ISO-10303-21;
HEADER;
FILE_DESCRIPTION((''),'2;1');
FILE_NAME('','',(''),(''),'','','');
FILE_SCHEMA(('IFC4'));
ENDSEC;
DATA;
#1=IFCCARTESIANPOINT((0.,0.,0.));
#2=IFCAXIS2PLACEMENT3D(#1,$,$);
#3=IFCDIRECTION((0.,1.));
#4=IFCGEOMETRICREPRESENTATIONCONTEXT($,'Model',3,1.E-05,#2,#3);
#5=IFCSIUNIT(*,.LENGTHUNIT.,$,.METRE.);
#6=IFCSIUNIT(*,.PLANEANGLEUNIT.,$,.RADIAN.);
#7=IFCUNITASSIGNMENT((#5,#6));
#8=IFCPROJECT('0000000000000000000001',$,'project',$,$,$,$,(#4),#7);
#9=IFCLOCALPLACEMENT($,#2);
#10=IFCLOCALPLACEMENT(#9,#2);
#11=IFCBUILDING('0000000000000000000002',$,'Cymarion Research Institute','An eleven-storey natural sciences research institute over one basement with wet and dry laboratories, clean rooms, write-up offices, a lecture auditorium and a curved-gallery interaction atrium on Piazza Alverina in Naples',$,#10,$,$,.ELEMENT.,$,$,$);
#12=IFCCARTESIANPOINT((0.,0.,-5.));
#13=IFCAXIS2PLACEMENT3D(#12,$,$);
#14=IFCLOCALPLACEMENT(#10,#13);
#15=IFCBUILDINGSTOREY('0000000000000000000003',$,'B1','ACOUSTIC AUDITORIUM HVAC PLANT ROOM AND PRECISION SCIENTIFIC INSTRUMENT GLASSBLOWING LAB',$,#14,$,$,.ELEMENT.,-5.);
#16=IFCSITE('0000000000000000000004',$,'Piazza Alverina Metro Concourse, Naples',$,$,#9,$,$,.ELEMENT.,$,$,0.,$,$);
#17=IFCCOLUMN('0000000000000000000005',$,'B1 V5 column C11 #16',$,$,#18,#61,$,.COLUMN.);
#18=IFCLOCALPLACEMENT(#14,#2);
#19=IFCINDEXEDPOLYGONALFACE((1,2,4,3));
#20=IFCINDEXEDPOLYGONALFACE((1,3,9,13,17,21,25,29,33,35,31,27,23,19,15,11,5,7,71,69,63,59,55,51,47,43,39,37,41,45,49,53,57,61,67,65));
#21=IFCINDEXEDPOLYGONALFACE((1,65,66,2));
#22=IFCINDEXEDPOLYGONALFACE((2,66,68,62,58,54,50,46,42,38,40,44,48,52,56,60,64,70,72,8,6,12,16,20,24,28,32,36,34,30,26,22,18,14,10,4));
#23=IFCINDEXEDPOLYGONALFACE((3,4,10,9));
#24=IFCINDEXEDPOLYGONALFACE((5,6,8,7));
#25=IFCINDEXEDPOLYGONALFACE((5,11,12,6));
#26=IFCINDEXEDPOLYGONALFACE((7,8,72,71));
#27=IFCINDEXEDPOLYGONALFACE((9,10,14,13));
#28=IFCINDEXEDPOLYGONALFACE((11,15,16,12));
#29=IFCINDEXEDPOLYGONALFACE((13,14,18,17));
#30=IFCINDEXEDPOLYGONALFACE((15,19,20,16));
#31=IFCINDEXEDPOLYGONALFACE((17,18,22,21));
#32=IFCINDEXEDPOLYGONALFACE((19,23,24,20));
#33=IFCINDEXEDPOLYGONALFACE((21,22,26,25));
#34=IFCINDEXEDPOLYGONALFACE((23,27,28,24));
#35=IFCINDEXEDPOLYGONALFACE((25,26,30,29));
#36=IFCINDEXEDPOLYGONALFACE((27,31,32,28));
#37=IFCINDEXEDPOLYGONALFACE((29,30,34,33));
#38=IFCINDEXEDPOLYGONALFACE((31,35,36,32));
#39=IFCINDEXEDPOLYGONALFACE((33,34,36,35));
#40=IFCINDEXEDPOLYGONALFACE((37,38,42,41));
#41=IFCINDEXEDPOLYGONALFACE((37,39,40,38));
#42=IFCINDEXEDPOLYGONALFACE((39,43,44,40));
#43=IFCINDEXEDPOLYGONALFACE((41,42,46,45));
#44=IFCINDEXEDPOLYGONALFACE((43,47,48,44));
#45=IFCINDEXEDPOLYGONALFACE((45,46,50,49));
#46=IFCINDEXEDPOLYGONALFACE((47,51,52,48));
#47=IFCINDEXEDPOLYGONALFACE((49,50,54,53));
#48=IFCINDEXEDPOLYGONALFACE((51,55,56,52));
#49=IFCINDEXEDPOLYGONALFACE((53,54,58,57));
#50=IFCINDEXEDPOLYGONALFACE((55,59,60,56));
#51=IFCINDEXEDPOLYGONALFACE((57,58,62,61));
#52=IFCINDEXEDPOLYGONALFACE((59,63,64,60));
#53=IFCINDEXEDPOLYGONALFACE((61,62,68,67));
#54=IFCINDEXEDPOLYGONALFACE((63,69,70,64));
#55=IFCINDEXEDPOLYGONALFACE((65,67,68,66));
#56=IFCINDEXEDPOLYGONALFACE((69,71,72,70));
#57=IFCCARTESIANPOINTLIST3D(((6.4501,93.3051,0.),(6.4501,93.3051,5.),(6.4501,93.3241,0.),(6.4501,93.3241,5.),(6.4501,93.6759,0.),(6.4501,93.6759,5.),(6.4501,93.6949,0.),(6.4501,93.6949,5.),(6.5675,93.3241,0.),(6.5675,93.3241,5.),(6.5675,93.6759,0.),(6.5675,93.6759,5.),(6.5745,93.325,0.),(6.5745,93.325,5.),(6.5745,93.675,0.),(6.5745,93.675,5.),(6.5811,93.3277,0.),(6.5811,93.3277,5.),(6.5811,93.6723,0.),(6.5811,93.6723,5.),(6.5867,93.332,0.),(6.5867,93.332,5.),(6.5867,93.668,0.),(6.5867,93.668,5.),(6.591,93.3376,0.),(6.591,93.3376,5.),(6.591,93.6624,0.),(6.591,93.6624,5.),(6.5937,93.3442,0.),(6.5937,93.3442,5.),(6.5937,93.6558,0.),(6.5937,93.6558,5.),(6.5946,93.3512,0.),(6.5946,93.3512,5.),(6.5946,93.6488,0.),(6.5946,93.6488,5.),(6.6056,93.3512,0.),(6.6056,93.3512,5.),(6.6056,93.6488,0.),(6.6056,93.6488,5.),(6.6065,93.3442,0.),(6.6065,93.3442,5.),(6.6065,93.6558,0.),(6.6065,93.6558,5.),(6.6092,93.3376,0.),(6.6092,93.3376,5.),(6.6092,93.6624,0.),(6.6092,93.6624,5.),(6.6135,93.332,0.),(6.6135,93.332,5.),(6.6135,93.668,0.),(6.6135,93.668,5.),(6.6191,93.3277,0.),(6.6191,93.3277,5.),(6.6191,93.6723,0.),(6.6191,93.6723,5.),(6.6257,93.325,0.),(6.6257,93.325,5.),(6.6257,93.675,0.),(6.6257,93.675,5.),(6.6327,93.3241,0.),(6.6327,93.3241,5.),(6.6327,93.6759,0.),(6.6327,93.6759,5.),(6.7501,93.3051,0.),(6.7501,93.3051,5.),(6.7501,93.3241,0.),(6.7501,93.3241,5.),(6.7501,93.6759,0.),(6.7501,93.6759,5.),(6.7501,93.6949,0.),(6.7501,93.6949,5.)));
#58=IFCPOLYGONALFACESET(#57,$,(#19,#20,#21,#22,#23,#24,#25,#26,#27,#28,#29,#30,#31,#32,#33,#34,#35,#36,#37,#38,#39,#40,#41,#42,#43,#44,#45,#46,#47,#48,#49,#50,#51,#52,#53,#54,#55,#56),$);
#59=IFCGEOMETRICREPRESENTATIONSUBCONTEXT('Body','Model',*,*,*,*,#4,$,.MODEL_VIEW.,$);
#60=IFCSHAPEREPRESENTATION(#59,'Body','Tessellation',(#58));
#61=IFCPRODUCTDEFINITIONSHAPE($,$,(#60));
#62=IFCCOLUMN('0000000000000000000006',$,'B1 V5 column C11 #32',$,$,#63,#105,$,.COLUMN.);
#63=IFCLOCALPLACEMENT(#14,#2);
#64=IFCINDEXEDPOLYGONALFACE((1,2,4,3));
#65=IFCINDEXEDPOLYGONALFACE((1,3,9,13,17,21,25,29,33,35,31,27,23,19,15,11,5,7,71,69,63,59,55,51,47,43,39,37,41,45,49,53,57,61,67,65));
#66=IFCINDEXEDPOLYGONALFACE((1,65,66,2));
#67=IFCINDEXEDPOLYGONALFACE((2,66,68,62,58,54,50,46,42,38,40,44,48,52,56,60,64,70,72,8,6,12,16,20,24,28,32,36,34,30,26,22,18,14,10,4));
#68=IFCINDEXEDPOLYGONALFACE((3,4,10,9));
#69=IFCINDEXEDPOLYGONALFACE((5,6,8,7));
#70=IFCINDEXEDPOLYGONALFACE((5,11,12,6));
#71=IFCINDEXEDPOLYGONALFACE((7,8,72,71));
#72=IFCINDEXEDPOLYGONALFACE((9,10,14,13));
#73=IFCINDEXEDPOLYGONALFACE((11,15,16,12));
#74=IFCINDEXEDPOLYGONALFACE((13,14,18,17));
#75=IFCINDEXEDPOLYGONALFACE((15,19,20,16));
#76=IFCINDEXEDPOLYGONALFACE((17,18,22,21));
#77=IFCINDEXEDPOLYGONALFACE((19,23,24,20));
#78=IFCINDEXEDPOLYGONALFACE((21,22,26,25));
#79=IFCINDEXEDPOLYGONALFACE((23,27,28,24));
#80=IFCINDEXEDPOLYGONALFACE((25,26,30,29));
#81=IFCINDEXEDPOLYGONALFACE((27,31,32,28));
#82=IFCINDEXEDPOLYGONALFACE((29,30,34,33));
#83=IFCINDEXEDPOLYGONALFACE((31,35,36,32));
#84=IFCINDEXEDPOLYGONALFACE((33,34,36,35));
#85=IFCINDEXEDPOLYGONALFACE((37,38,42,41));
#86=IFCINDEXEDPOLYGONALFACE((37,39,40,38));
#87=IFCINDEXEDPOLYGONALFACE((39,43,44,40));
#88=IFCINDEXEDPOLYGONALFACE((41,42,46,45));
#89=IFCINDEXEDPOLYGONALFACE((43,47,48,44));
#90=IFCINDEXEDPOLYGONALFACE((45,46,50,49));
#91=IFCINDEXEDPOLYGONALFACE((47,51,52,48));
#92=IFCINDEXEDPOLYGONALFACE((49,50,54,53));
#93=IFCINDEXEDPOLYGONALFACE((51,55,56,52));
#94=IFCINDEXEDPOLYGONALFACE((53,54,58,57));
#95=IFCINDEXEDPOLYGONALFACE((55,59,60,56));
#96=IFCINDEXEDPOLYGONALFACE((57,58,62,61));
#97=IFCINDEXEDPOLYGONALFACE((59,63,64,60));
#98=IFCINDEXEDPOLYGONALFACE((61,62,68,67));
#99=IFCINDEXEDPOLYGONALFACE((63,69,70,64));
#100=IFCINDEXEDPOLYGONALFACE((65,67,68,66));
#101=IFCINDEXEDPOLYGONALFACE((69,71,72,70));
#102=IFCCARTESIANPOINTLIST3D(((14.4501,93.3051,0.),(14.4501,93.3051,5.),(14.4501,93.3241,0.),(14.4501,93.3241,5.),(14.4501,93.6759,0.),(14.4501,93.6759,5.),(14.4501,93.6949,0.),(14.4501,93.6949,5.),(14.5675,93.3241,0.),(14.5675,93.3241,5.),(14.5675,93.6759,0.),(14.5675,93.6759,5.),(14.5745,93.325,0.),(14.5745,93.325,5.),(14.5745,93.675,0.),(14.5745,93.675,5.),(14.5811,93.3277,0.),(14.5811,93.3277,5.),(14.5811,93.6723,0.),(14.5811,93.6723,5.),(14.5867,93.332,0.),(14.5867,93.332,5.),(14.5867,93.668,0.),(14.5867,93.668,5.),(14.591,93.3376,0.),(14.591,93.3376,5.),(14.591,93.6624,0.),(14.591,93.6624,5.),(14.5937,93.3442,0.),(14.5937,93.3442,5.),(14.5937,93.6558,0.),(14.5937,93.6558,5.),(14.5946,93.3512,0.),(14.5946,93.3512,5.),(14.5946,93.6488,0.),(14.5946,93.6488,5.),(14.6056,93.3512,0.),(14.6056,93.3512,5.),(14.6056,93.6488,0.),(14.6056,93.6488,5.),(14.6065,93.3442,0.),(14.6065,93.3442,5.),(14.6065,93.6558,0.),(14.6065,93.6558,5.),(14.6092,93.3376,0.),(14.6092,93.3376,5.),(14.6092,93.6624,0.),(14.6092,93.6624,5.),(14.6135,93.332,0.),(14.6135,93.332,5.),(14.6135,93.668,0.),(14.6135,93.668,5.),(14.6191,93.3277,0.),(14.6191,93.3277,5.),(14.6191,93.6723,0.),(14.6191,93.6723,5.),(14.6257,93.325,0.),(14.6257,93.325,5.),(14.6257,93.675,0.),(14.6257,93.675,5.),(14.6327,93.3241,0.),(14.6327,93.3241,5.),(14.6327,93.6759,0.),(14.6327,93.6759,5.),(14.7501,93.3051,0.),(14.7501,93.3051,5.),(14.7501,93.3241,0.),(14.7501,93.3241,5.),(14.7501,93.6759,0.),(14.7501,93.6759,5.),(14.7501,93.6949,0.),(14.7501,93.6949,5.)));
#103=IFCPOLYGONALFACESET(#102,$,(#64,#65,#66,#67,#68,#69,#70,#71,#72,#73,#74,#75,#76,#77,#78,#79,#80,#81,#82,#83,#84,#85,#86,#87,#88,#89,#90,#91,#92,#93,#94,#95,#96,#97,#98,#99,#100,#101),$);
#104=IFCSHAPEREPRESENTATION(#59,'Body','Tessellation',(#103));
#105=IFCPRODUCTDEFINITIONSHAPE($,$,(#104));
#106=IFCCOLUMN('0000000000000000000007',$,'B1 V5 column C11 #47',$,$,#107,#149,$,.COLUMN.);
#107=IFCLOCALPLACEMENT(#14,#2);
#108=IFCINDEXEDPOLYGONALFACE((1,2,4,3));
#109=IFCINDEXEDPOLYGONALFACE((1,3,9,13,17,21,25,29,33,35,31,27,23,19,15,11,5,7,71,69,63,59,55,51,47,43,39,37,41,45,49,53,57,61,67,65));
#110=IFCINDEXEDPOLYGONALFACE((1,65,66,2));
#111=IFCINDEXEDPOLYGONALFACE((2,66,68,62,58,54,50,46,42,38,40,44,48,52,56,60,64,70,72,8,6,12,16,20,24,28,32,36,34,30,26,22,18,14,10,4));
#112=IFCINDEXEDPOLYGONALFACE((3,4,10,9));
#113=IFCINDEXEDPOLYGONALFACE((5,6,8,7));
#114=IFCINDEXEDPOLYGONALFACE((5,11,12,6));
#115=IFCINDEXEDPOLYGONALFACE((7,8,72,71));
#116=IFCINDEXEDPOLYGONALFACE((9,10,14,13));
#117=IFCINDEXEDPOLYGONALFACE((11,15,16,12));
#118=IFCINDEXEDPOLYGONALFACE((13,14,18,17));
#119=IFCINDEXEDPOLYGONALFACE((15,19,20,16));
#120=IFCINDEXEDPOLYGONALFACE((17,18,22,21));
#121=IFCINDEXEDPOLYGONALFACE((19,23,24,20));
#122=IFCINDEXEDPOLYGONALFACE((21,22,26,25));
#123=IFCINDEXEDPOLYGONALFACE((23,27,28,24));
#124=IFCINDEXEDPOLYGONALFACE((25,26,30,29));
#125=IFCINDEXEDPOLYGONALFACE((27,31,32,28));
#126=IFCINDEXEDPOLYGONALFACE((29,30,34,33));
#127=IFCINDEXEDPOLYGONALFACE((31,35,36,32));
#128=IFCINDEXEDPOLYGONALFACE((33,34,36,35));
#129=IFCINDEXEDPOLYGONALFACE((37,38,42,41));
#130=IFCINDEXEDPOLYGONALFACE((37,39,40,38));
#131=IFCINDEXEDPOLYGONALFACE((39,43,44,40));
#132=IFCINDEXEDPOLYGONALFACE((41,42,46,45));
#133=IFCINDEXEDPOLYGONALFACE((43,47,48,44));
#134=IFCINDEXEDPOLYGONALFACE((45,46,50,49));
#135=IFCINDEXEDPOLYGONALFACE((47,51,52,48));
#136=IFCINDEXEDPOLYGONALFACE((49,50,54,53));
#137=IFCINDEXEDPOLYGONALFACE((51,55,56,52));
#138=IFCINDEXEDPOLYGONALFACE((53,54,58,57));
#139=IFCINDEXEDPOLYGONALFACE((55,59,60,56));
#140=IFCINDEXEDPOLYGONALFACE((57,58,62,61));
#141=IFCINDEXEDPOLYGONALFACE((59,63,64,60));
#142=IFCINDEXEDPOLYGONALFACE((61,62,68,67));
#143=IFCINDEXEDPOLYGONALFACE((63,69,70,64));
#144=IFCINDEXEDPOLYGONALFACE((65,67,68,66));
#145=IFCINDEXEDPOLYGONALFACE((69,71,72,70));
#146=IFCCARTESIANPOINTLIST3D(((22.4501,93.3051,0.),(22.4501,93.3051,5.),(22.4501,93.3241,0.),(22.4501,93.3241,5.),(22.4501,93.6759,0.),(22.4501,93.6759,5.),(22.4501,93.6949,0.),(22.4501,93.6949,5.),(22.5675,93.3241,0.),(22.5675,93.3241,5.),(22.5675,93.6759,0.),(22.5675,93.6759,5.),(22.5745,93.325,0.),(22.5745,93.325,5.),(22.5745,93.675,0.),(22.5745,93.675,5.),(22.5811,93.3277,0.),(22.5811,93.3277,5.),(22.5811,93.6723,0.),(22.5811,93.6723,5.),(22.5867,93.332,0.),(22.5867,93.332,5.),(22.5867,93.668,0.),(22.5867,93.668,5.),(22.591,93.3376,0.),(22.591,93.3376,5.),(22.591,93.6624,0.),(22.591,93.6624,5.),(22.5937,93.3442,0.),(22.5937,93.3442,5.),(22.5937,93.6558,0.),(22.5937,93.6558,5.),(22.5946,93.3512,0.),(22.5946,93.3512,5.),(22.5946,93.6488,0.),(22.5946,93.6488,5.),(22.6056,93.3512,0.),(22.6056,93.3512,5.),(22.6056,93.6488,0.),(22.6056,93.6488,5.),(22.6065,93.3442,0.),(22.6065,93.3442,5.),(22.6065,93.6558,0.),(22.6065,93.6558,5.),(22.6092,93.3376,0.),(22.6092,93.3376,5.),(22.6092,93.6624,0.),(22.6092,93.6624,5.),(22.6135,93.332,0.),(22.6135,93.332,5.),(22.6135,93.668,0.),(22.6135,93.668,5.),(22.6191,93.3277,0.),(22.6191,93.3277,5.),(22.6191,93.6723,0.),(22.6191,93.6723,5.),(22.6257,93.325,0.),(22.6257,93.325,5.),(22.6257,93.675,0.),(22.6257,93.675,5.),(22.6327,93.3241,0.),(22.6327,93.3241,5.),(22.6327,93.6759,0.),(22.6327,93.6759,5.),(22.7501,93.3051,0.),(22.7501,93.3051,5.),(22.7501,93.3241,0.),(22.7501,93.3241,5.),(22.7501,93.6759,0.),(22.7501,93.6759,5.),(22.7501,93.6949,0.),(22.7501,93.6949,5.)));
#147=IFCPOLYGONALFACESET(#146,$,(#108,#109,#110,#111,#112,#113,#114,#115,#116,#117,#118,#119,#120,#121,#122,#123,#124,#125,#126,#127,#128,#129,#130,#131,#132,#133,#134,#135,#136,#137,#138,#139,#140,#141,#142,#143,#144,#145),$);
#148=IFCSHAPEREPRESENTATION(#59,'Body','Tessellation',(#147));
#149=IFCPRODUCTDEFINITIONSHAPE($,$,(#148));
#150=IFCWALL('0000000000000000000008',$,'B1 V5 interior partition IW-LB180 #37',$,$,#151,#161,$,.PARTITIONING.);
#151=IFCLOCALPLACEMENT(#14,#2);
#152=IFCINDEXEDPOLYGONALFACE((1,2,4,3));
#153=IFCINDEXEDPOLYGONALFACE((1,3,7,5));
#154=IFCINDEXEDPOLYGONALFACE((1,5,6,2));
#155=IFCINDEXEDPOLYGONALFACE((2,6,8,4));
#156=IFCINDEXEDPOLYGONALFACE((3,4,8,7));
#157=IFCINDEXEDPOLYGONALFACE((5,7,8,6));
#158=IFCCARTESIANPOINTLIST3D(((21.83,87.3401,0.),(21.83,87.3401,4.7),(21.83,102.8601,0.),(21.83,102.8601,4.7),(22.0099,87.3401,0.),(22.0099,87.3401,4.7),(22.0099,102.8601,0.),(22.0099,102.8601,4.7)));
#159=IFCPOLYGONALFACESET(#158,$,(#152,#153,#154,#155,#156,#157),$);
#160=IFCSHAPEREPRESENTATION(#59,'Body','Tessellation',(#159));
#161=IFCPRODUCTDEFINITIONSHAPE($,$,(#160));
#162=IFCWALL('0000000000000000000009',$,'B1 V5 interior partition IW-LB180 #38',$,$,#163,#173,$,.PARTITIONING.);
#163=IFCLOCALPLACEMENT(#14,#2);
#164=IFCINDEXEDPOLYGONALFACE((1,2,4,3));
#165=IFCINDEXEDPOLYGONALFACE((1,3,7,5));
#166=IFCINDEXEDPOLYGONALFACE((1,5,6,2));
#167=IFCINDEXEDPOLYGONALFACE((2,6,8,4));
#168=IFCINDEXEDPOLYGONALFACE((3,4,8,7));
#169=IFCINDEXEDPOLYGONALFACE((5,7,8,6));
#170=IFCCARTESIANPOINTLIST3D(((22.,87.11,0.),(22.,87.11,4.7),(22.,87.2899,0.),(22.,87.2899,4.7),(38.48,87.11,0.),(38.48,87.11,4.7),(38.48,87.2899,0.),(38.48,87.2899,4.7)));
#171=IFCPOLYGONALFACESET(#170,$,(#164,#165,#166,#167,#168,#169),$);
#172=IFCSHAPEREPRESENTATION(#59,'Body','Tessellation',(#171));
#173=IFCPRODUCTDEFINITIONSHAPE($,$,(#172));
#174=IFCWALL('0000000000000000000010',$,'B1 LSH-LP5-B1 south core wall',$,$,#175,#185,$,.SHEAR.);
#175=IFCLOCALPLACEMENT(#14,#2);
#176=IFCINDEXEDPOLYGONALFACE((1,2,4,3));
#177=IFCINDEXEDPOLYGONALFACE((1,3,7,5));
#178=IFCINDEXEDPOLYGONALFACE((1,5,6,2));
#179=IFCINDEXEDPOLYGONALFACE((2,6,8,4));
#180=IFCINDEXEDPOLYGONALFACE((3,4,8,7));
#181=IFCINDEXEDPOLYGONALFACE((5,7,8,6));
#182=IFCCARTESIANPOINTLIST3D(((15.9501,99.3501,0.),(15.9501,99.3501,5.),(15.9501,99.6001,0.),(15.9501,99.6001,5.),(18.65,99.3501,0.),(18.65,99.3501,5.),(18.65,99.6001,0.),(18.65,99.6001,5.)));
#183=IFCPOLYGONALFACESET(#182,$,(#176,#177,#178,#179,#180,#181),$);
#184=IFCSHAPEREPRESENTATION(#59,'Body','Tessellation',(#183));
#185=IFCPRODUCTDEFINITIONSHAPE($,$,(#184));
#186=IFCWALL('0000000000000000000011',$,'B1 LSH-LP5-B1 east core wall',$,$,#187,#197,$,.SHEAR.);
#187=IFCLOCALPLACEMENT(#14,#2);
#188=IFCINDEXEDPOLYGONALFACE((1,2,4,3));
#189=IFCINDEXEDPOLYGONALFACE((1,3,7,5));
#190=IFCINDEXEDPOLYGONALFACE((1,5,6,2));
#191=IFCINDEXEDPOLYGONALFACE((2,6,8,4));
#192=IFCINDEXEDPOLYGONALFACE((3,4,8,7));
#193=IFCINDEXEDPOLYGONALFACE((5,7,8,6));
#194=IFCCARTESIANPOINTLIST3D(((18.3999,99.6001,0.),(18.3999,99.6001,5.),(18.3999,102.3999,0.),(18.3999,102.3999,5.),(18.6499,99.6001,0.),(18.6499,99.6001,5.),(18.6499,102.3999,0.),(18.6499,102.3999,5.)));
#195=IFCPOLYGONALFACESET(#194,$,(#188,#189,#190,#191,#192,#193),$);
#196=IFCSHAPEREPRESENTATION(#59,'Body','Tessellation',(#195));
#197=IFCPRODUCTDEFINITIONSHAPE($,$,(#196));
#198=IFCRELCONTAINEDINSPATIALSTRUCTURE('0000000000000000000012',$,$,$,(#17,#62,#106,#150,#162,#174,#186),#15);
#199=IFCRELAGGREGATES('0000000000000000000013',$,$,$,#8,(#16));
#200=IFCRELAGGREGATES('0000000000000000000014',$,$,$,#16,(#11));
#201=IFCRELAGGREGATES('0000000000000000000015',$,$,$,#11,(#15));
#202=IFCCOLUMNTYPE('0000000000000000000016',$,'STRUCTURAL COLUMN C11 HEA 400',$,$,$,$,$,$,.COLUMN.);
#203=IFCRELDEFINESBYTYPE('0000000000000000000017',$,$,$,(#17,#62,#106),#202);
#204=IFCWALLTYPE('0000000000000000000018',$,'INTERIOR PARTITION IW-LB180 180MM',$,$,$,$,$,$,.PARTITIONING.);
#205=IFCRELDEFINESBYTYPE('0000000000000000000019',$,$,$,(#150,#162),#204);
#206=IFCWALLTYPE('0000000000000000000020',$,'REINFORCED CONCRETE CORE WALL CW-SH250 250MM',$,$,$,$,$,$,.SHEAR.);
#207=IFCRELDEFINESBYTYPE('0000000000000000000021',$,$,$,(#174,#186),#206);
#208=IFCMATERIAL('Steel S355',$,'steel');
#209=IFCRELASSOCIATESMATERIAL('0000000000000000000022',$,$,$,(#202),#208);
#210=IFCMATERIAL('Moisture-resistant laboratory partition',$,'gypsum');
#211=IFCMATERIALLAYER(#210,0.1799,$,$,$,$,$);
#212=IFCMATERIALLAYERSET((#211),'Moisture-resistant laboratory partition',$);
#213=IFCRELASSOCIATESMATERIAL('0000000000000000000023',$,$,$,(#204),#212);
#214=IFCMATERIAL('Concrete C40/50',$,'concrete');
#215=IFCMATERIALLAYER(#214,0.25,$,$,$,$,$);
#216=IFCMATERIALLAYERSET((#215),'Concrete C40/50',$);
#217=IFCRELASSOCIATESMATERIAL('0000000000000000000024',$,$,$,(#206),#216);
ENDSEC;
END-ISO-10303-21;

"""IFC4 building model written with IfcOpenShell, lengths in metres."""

from ifc_helpers import new_model, si_unit, direction, frame, frame_2d, origin, origin_2d, place, context, subcontext, project, spatial, rectangle, i_section, extrude, material, layer, layer_set, material_profile, profile_set, type_object, element, save


model = new_model("IFC4")

# Units and contexts
model_context = context("Model", 3, precision=1e-05, world=origin(), true_north=direction((0.0, 1.0)))
body_context = subcontext(model_context, "Body", "Model", "MODEL_VIEW")
ifc_project = project(units=[si_unit("LENGTHUNIT", "METRE"), si_unit("PLANEANGLEUNIT", "RADIAN")], contexts=[model_context])

# Site, building, storey
site_placement = place(None, origin())
site = spatial("IfcSite", under=ifc_project, at=site_placement, Name="Piazza Alverina Metro Concourse, Naples", CompositionType="ELEMENT", RefElevation=0.0)
building_placement = place(site_placement, origin())
building = spatial("IfcBuilding", under=site, at=building_placement, Name="Cymarion Research Institute", Description="An eleven-storey natural sciences research institute over one basement with wet and dry laboratories, clean rooms, write-up offices, a lecture auditorium and a curved-gallery interaction atrium on Piazza Alverina in Naples", CompositionType="ELEMENT")
storey_placement = place(building_placement, frame((0.0, 0.0, -5.0)))
storey = spatial("IfcBuildingStorey", under=building, at=storey_placement, Name="B1", Description="ACOUSTIC AUDITORIUM HVAC PLANT ROOM AND PRECISION SCIENTIFIC INSTRUMENT GLASSBLOWING LAB", CompositionType="ELEMENT", Elevation=-5.0)

# Columns
ifc_material_1 = material(Name="Steel S355", Category="steel")
ifc_material_profile_1 = material_profile(ifc_material_1, i_section(OverallWidth=0.3, OverallDepth=0.3899, WebThickness=0.011, FlangeThickness=0.019, FilletRadius=0.0271, at=origin_2d()), Name="HEA 400")
ifc_profile_set_1 = profile_set([ifc_material_profile_1], Name="Steel S355")
column_type_1 = type_object("IfcColumnType", Name="STRUCTURAL COLUMN C11 HEA 400", PredefinedType="COLUMN", material=ifc_profile_set_1)
for number, where, z_axis, x_axis, name in (
    (1, (6.6001, 93.5, 0.0), (0.0, 0.0, 1.0), (1.0, 0.0, 0.0), "B1 V5 column C11 #16"),
    (2, (14.6001, 93.5, 0.0), (0.0, 0.0, 1.0), (1.0, 0.0, 0.0), "B1 V5 column C11 #32"),
    (3, (22.6001, 93.5, 0.0), (0.0, 0.0, 1.0), (1.0, 0.0, 0.0), "B1 V5 column C11 #47"),
):
    element("IfcColumn", number, at=place(storey_placement, frame(where, z_axis=z_axis, x_axis=x_axis)), inside=storey, type_object=column_type_1, Name=name, PredefinedType="COLUMN", context=body_context, shape_type="SweptSolid", body=[
        extrude(i_section(OverallWidth=0.3, OverallDepth=0.3899, WebThickness=0.011, FlangeThickness=0.019, FilletRadius=0.0271, at=origin_2d()), origin(), (0.0, 0.0, 1.0), 5.0),
    ])

# Walls
ifc_material_2 = material(Name="Moisture-resistant laboratory partition", Category="gypsum")
ifc_layer_1 = layer(ifc_material_2, 0.1799)
ifc_layer_set_1 = layer_set([ifc_layer_1], Name="Moisture-resistant laboratory partition")
wall_type_1 = type_object("IfcWallType", Name="INTERIOR PARTITION IW-LB180 180MM", PredefinedType="PARTITIONING", material=ifc_layer_set_1)
wall_1_placement = place(storey_placement, frame((21.9199, 87.3401, 0.0), z_axis=(0.0, 0.0, 1.0), x_axis=(0.0, 1.0, 0.0)))
element("IfcWall", 4, at=wall_1_placement, inside=storey, type_object=wall_type_1, Name="B1 V5 interior partition IW-LB180 #37", PredefinedType="PARTITIONING", context=body_context, shape_type="SweptSolid", body=[
    extrude(rectangle(XDim=15.52, YDim=0.1799, at=frame_2d((7.76, 0.0))), origin(), (0.0, 0.0, 1.0), 4.7),
])
wall_2_placement = place(storey_placement, frame((22.0, 87.2, 0.0), z_axis=(0.0, 0.0, 1.0), x_axis=(1.0, 0.0, 0.0)))
element("IfcWall", 5, at=wall_2_placement, inside=storey, type_object=wall_type_1, Name="B1 V5 interior partition IW-LB180 #38", PredefinedType="PARTITIONING", context=body_context, shape_type="SweptSolid", body=[
    extrude(rectangle(XDim=16.48, YDim=0.1799, at=frame_2d((8.24, 0.0))), origin(), (0.0, 0.0, 1.0), 4.7),
])
ifc_material_3 = material(Name="Concrete C40/50", Category="concrete")
ifc_layer_2 = layer(ifc_material_3, 0.25)
ifc_layer_set_2 = layer_set([ifc_layer_2], Name="Concrete C40/50")
wall_type_2 = type_object("IfcWallType", Name="REINFORCED CONCRETE CORE WALL CW-SH250 250MM", PredefinedType="SHEAR", material=ifc_layer_set_2)
wall_3_placement = place(storey_placement, frame((15.95, 99.4751, 0.0), z_axis=(0.0, 0.0, 1.0), x_axis=(1.0, 0.0, 0.0)))
element("IfcWall", 6, at=wall_3_placement, inside=storey, type_object=wall_type_2, Name="B1 LSH-LP5-B1 south core wall", PredefinedType="SHEAR", context=body_context, shape_type="SweptSolid", body=[
    extrude(rectangle(XDim=2.7, YDim=0.25, at=frame_2d((1.3501, 0.0))), origin(), (0.0, 0.0, 1.0), 5.0),
])
wall_4_placement = place(storey_placement, frame((18.5249, 99.6001, 0.0), z_axis=(0.0, 0.0, 1.0), x_axis=(0.0, 1.0, 0.0)))
element("IfcWall", 7, at=wall_4_placement, inside=storey, type_object=wall_type_2, Name="B1 LSH-LP5-B1 east core wall", PredefinedType="SHEAR", context=body_context, shape_type="SweptSolid", body=[
    extrude(rectangle(XDim=2.7998, YDim=0.25, at=frame_2d((1.3999, 0.0))), origin(), (0.0, 0.0, 1.0), 5.0),
])

save(model, "model.ifc")
